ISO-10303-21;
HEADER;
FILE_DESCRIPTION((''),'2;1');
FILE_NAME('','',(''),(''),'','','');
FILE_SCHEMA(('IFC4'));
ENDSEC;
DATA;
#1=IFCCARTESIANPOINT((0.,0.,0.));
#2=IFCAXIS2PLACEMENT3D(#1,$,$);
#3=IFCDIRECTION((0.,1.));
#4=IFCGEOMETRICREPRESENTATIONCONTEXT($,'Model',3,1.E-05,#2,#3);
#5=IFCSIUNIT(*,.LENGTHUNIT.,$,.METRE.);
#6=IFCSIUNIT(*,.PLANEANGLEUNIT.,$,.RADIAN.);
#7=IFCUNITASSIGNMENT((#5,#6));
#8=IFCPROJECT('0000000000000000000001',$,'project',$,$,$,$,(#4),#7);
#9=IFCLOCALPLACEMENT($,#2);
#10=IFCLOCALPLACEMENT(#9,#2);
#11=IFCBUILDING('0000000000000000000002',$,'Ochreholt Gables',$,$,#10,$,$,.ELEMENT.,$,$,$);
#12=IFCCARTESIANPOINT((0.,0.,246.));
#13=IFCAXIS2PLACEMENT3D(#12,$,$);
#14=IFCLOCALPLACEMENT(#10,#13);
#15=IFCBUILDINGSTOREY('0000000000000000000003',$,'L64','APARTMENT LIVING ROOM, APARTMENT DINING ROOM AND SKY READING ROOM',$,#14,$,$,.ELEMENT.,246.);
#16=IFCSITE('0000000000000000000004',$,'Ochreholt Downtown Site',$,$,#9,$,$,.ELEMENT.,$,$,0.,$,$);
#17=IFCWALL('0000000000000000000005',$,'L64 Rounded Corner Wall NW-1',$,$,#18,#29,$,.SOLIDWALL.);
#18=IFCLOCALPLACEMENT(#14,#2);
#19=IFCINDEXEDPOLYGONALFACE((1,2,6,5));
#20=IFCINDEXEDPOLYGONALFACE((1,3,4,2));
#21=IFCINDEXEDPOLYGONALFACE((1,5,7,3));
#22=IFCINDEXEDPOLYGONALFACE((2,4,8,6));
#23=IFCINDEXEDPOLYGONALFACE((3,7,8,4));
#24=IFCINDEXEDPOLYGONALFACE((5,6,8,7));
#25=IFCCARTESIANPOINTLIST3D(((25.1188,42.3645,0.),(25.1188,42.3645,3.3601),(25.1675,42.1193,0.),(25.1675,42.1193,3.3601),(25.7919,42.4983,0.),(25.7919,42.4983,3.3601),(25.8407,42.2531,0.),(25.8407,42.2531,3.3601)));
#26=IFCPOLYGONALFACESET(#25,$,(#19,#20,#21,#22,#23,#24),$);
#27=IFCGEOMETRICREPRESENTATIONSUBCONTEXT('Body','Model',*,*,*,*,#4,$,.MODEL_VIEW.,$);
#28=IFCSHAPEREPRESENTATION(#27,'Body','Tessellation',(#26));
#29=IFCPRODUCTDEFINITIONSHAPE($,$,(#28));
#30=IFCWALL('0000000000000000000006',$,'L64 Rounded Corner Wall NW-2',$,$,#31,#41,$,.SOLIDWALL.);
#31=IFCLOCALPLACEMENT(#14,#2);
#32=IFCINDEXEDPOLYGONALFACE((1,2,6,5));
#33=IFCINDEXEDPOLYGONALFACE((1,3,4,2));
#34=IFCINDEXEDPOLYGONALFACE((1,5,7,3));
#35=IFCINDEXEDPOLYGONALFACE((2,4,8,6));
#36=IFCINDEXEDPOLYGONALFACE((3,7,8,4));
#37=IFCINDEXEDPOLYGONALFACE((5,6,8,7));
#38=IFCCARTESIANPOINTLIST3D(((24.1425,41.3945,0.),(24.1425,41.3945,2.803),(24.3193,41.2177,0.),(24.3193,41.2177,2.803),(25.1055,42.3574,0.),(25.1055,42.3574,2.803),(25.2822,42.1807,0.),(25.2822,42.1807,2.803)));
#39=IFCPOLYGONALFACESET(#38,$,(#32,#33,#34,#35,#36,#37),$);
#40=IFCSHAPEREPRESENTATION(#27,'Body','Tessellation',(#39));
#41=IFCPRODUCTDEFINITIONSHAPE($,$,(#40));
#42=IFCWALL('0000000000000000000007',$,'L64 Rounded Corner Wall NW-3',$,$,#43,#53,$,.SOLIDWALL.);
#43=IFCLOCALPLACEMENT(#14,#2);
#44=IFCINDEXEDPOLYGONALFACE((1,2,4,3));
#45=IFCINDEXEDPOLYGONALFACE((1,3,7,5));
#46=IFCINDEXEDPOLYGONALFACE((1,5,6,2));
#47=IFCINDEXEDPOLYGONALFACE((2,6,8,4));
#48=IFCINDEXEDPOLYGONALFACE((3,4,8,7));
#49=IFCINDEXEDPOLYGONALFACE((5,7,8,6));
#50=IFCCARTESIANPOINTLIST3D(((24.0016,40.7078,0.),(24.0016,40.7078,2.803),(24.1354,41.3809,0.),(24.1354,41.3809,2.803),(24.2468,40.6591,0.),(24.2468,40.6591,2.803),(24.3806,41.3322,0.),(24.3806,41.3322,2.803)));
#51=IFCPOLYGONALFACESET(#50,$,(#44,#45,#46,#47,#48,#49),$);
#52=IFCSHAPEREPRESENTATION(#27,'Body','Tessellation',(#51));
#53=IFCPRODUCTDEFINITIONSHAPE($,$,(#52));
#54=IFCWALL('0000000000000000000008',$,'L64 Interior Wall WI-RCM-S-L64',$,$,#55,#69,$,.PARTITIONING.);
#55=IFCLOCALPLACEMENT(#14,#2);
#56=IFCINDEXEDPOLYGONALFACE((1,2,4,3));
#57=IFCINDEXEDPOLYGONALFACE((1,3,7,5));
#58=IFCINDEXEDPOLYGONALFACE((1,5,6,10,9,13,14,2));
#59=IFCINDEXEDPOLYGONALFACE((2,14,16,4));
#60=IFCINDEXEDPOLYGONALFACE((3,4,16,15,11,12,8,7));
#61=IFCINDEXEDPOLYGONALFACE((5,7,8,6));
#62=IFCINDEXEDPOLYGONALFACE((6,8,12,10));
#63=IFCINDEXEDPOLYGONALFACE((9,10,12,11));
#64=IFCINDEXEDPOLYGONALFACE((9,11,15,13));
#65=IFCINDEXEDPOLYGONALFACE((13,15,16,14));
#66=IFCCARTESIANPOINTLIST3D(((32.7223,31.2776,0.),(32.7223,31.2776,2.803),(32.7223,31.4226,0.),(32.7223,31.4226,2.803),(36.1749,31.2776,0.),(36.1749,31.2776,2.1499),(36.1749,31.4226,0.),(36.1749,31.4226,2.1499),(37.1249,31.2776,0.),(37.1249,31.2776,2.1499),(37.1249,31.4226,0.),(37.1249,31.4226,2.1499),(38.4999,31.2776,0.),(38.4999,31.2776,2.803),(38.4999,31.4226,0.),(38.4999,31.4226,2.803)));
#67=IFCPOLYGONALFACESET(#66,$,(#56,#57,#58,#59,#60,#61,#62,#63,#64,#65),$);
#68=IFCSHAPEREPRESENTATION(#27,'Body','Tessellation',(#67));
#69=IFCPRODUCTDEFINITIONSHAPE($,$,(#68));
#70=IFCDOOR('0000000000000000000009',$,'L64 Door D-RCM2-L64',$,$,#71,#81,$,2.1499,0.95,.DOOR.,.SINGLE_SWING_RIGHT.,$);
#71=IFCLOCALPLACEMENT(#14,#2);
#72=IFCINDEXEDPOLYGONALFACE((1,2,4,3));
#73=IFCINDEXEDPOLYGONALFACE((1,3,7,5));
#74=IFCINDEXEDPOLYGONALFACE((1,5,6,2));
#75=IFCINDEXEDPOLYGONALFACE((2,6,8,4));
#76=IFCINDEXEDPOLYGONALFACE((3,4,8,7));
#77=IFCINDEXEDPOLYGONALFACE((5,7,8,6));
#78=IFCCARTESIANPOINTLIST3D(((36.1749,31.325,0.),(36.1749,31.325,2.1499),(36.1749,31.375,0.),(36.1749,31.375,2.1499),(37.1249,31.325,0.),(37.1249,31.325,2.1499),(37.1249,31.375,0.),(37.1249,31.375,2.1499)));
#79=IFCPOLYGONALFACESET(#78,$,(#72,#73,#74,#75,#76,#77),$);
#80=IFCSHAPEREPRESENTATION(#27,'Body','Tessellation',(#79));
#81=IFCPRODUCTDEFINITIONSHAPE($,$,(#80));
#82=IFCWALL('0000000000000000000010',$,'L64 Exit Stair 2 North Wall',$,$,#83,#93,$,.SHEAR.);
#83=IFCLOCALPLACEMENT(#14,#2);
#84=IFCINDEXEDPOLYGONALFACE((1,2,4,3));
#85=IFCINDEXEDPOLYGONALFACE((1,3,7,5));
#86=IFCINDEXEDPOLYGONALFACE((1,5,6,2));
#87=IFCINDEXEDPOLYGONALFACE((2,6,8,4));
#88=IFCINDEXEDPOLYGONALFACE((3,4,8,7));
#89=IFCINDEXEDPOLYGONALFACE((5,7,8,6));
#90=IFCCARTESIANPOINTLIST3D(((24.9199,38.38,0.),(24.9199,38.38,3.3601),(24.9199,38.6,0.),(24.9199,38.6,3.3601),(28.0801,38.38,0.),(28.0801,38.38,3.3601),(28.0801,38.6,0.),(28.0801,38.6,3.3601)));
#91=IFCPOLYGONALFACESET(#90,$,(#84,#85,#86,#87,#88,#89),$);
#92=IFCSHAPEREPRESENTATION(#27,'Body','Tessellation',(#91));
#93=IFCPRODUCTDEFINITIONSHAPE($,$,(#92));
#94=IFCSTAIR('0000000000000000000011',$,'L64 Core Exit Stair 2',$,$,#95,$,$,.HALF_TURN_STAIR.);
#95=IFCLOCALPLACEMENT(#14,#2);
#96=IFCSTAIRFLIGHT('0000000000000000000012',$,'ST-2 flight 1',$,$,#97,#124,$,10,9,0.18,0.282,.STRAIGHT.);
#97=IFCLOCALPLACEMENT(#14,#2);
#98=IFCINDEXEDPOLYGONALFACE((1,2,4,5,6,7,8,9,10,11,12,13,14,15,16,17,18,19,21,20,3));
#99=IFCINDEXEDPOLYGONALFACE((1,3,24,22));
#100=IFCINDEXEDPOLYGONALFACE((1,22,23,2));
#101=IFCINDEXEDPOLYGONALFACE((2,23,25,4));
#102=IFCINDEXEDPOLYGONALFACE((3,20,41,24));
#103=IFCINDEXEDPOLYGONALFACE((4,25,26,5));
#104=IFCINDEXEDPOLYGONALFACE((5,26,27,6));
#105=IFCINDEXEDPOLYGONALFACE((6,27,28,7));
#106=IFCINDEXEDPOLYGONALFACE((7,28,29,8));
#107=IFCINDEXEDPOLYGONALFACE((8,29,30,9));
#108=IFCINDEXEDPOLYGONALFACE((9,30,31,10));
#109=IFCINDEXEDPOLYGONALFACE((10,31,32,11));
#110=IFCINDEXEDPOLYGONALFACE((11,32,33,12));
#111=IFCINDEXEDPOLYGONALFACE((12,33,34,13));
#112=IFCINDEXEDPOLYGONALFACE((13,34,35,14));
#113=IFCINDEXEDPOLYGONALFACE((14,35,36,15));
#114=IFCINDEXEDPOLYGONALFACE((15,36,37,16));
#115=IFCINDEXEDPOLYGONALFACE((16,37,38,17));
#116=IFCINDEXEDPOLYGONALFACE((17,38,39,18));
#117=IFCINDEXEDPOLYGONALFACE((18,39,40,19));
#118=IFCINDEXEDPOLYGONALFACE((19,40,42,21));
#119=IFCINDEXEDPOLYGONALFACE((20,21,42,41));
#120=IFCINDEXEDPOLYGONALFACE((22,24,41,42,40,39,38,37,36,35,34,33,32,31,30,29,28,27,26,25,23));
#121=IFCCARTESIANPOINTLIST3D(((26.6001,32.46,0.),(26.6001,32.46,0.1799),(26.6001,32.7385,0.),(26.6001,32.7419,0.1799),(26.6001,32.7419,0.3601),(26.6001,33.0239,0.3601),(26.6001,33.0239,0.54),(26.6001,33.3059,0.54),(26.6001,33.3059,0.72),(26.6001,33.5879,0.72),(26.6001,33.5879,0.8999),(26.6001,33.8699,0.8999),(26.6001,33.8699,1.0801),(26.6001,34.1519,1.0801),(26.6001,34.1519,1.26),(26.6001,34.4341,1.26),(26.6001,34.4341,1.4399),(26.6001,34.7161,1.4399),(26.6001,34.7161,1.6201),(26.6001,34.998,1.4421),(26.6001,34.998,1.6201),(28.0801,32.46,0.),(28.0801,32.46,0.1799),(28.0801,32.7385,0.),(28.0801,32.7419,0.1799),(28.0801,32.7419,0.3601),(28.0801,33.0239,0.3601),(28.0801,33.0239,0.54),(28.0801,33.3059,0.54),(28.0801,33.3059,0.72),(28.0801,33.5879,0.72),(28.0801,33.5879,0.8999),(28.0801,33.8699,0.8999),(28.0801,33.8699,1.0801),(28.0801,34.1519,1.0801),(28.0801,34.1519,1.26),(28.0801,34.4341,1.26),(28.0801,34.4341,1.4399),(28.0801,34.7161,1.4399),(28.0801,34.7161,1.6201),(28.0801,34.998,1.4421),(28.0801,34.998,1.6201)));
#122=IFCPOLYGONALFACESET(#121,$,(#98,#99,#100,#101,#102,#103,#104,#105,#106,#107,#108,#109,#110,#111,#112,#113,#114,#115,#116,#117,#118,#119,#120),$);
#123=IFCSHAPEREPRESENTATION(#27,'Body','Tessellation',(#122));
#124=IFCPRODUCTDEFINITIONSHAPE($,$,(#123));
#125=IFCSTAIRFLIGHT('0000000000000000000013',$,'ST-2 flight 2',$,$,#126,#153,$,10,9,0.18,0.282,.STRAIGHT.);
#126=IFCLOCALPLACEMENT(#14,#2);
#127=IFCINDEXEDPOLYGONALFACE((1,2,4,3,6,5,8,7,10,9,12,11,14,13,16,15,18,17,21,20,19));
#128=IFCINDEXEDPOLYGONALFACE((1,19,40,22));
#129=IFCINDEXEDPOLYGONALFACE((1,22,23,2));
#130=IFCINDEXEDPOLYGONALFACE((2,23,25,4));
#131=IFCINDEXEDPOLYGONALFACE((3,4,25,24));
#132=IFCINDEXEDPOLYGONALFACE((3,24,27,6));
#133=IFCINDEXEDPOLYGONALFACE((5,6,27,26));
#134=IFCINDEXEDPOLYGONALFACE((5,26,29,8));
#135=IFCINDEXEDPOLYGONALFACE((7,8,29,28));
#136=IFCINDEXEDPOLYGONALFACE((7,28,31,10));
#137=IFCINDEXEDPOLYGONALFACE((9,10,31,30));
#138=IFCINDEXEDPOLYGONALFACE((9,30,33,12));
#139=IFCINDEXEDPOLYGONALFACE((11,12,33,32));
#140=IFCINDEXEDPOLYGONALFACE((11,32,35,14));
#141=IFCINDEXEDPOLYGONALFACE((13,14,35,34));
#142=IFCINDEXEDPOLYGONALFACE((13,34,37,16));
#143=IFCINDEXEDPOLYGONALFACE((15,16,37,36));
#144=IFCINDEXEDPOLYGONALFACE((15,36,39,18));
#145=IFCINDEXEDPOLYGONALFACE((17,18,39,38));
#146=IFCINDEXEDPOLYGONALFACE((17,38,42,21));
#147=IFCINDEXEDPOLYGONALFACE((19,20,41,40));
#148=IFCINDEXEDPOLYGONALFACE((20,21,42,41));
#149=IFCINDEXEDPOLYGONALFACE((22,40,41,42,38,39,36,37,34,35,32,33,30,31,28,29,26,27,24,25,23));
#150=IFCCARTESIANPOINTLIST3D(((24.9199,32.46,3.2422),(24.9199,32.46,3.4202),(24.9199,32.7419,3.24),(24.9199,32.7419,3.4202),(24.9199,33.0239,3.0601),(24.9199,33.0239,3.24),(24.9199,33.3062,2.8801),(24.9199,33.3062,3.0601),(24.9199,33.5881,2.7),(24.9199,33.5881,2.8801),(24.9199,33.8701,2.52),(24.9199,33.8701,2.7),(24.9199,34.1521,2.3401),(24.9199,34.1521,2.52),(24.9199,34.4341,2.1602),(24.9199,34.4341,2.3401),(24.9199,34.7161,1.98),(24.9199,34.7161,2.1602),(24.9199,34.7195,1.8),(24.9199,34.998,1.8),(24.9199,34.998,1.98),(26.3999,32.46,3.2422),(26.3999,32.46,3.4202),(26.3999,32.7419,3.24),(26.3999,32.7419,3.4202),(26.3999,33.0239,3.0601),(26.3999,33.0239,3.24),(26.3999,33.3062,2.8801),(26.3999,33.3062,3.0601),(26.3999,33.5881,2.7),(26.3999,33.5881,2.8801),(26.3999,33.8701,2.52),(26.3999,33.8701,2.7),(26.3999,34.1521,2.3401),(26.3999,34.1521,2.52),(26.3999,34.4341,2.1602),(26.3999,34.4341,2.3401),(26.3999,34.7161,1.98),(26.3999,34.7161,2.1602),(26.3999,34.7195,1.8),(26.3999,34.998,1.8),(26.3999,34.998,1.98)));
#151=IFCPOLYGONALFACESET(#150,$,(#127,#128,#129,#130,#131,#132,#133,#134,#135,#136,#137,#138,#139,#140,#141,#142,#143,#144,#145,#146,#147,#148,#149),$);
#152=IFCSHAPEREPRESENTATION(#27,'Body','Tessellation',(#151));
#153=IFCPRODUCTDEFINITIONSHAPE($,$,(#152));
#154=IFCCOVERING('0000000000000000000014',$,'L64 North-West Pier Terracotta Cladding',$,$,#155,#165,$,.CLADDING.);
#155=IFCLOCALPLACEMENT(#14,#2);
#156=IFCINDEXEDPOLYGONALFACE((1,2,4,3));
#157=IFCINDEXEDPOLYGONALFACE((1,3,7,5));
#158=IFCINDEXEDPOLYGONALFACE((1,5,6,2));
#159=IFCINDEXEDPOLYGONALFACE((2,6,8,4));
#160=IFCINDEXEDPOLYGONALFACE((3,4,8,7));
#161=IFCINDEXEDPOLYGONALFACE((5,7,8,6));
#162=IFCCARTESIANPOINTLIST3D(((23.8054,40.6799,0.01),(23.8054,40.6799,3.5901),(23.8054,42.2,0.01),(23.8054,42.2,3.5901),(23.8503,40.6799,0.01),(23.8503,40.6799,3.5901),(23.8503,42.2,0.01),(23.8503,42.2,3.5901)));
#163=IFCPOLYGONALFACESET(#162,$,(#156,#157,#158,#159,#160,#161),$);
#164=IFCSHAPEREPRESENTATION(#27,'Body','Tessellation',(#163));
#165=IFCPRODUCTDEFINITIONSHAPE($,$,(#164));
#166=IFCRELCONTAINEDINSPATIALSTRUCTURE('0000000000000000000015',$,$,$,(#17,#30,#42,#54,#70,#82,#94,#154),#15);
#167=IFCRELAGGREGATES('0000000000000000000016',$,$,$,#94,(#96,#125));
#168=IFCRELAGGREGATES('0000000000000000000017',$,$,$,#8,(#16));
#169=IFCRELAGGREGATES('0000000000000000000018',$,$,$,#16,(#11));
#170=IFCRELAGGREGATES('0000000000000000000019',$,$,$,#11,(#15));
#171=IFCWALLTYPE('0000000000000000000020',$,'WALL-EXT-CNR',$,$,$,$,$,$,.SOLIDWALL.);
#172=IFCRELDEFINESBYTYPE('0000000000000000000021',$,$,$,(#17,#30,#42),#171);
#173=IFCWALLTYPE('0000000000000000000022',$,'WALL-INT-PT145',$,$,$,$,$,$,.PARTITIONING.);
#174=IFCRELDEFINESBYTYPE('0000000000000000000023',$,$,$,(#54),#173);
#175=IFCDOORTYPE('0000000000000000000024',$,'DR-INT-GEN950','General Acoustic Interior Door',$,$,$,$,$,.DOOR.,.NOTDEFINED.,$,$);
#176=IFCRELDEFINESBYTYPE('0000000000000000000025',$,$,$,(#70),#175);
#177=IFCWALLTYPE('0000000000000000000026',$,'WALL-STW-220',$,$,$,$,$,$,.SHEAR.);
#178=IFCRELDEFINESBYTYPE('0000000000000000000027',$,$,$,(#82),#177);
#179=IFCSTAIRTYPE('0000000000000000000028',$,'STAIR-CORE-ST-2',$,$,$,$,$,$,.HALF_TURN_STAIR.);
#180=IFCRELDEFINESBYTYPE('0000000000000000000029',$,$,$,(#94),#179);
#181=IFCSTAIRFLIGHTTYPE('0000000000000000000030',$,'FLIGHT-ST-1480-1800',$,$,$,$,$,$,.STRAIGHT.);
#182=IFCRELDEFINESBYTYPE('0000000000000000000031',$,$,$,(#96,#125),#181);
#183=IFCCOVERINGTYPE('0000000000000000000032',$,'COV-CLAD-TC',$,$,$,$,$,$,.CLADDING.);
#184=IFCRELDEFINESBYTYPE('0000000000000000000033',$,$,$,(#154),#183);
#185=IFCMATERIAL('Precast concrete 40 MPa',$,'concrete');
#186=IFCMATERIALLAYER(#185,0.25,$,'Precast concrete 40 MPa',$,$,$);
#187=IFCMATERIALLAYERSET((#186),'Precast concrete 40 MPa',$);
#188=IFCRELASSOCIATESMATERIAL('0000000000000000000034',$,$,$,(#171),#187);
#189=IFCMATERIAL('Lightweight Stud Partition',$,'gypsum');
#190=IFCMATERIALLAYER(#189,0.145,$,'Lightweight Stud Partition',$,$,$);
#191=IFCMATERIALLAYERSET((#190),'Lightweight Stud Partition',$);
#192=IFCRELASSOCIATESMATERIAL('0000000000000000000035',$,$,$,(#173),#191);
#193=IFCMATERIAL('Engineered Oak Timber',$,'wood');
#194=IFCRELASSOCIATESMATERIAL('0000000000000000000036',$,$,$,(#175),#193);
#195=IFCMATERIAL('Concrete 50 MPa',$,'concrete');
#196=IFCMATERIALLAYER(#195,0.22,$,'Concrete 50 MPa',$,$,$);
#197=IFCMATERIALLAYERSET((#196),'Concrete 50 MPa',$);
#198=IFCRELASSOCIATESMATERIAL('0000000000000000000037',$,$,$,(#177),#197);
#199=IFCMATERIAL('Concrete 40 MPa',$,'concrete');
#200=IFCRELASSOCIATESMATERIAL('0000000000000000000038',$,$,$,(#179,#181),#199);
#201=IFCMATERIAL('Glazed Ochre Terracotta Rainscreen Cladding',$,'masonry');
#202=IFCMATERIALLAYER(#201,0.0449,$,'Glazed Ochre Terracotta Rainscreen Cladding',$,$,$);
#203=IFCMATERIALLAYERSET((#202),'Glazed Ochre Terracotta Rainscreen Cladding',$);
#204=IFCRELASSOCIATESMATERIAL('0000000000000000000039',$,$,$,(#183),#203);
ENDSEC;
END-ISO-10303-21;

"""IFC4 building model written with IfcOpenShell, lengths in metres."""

from ifc_helpers import new_model, si_unit, direction, frame, frame_2d, origin, origin_2d, place, context, subcontext, project, spatial, polyline, rectangle, outline, extrude, material, layer, layer_set, type_object, element, fill, aggregate, save


model = new_model("IFC4")

# Units and contexts
model_context = context("Model", 3, precision=1e-05, world=origin(), true_north=direction((0.0, 1.0)))
body_context = subcontext(model_context, "Body", "Model", "MODEL_VIEW")
ifc_project = project(units=[si_unit("LENGTHUNIT", "METRE"), si_unit("PLANEANGLEUNIT", "RADIAN")], contexts=[model_context])

# Site, building, storey
site_placement = place(None, origin())
site = spatial("IfcSite", under=ifc_project, at=site_placement, Name="Ochreholt Downtown Site", CompositionType="ELEMENT", RefElevation=0.0)
building_placement = place(site_placement, origin())
building = spatial("IfcBuilding", under=site, at=building_placement, Name="Ochreholt Gables", CompositionType="ELEMENT")
storey_placement = place(building_placement, frame((0.0, 0.0, 246.0)))
storey = spatial("IfcBuildingStorey", under=building, at=storey_placement, Name="L64", Description="APARTMENT LIVING ROOM, APARTMENT DINING ROOM AND SKY READING ROOM", CompositionType="ELEMENT", Elevation=246.0)

# Shared definitions
ifc_material_1 = material(Name="Concrete 50 MPa", Category="concrete")

# Shared definitions
ifc_material_2 = material(Name="Precast concrete 40 MPa", Category="concrete")

# Walls
ifc_layer_1 = layer(ifc_material_2, 0.25, Name="Precast concrete 40 MPa")
ifc_layer_set_1 = layer_set([ifc_layer_1], Name="Precast concrete 40 MPa")
wall_type_1 = type_object("IfcWallType", Name="WALL-EXT-CNR", PredefinedType="SOLIDWALL", material=ifc_layer_set_1)
wall_1_placement = place(storey_placement, frame((25.8164, 42.3757, 0.0), z_axis=(0.0, 0.0, 1.0), x_axis=(-0.980813, -0.194953, 0.0)))
element("IfcWall", 1, at=wall_1_placement, inside=storey, type_object=wall_type_1, Name="L64 Rounded Corner Wall NW-1", PredefinedType="SOLIDWALL", context=body_context, shape_type="SweptSolid", body=[
    extrude(rectangle(XDim=0.6863, YDim=0.25, at=frame_2d((0.3433, 0.0))), origin(), (0.0, 0.0, 1.0), 3.3601),
])
wall_2_placement = place(storey_placement, frame((25.1938, 42.269, 0.0), z_axis=(0.0, 0.0, 1.0), x_axis=(-0.707107, -0.707107, 0.0)))
element("IfcWall", 2, at=wall_2_placement, inside=storey, type_object=wall_type_1, Name="L64 Rounded Corner Wall NW-2", PredefinedType="SOLIDWALL", context=body_context, shape_type="SweptSolid", body=[
    extrude(rectangle(XDim=1.3618, YDim=0.25, at=frame_2d((0.6809, 0.0))), origin(), (0.0, 0.0, 1.0), 2.803),
])
wall_3_placement = place(storey_placement, frame((24.2581, 41.3567, 0.0), z_axis=(0.0, 0.0, 1.0), x_axis=(-0.194953, -0.980813, 0.0)))
element("IfcWall", 3, at=wall_3_placement, inside=storey, type_object=wall_type_1, Name="L64 Rounded Corner Wall NW-3", PredefinedType="SOLIDWALL", context=body_context, shape_type="SweptSolid", body=[
    extrude(rectangle(XDim=0.6863, YDim=0.25, at=frame_2d((0.3433, 0.0))), origin(), (0.0, 0.0, 1.0), 2.803),
])

# Wall, opening, door
ifc_material_3 = material(Name="Lightweight Stud Partition", Category="gypsum")
ifc_layer_2 = layer(ifc_material_3, 0.145, Name="Lightweight Stud Partition")
ifc_layer_set_2 = layer_set([ifc_layer_2], Name="Lightweight Stud Partition")
wall_type_2 = type_object("IfcWallType", Name="WALL-INT-PT145", PredefinedType="PARTITIONING", material=ifc_layer_set_2)
wall_4_placement = place(storey_placement, frame((32.7224, 31.3501, 0.0), z_axis=(0.0, 0.0, 1.0), x_axis=(1.0, 0.0, 0.0)))
wall_4 = element("IfcWall", 4, at=wall_4_placement, inside=storey, type_object=wall_type_2, Name="L64 Interior Wall WI-RCM-S-L64", PredefinedType="PARTITIONING", context=body_context, shape_type="SweptSolid", body=[
    extrude(rectangle(XDim=5.7776, YDim=0.145, at=frame_2d((2.8887, 0.0))), origin(), (0.0, 0.0, 1.0), 2.803),
])
opening_1_placement = place(wall_4_placement, frame((3.4524, 0.0, 0.0)))
opening_1 = element("IfcOpeningElement", 5, at=opening_1_placement, cuts=wall_4, PredefinedType="OPENING", context=body_context, shape_type="SweptSolid", body=[
    extrude(rectangle(XDim=0.95, YDim=2.1499, at=frame_2d((0.4751, 1.075))), frame((0.0, 0.0825, 0.0), z_axis=(0.0, -1.0, 0.0), x_axis=(1.0, 0.0, 0.0)), (0.0, 0.0, 1.0), 0.165),
])
ifc_material_4 = material(Name="Engineered Oak Timber", Category="wood")
door_type_1 = type_object("IfcDoorType", Name="DR-INT-GEN950", Description="General Acoustic Interior Door", OperationType="NOTDEFINED", PredefinedType="DOOR", material=ifc_material_4)
door_1_placement = place(opening_1_placement, origin())
door_1 = element("IfcDoor", 6, at=door_1_placement, inside=storey, type_object=door_type_1, Name="L64 Door D-RCM2-L64", OperationType="SINGLE_SWING_RIGHT", OverallHeight=2.1499, OverallWidth=0.95, PredefinedType="DOOR", context=body_context, shape_type="SweptSolid", body=[
    extrude(rectangle(XDim=0.95, YDim=2.1499, at=frame_2d((0.4751, 1.075))), frame((0.0, 0.0249, 0.0), z_axis=(0.0, -1.0, 0.0), x_axis=(1.0, 0.0, 0.0)), (0.0, 0.0, 1.0), 0.05),
])
fill(opening_1, door_1)

# Wall
ifc_layer_3 = layer(ifc_material_1, 0.22, Name="Concrete 50 MPa")
ifc_layer_set_3 = layer_set([ifc_layer_3], Name="Concrete 50 MPa")
wall_type_3 = type_object("IfcWallType", Name="WALL-STW-220", PredefinedType="SHEAR", material=ifc_layer_set_3)
wall_5_placement = place(storey_placement, frame((24.9199, 38.49, 0.0), z_axis=(0.0, 0.0, 1.0), x_axis=(1.0, 0.0, 0.0)))
element("IfcWall", 7, at=wall_5_placement, inside=storey, type_object=wall_type_3, Name="L64 Exit Stair 2 North Wall", PredefinedType="SHEAR", context=body_context, shape_type="SweptSolid", body=[
    extrude(rectangle(XDim=3.1602, YDim=0.22, at=frame_2d((1.5801, 0.0))), origin(), (0.0, 0.0, 1.0), 3.3601),
])

# Stair, stair flights
ifc_material_5 = material(Name="Concrete 40 MPa", Category="concrete")
stair_type = type_object("IfcStairType", Name="STAIR-CORE-ST-2", PredefinedType="HALF_TURN_STAIR", material=ifc_material_5)
stair_placement = place(storey_placement, origin())
stair = element("IfcStair", 8, at=stair_placement, inside=storey, type_object=stair_type, Name="L64 Core Exit Stair 2", PredefinedType="HALF_TURN_STAIR")
stair_flight_type = type_object("IfcStairFlightType", Name="FLIGHT-ST-1480-1800", PredefinedType="STRAIGHT", material=ifc_material_5)
stair_flight_1_placement = place(storey_placement, frame((27.3401, 32.46, 0.0), z_axis=(0.0, 0.0, 1.0), x_axis=(0.0, 1.0, 0.0)))
stair_flight_1 = element("IfcStairFlight", 9, at=stair_flight_1_placement, type_object=stair_flight_type, Name="ST-2 flight 1", NumberOfRisers=10, NumberOfTreads=9, PredefinedType="STRAIGHT", RiserHeight=0.18, TreadLength=0.282, context=body_context, shape_type="SweptSolid", body=[
    extrude(outline(polyline([(0.0, 0.0), (0.0, 0.1799), (0.282, 0.1799), (0.282, 0.3601), (0.564, 0.3601), (0.564, 0.54), (0.8459, 0.54), (0.8459, 0.72), (1.1279, 0.72), (1.1279, 0.8999), (1.4099, 0.8999), (1.4099, 1.0801), (1.6919, 1.0801), (1.6919, 1.26), (1.9741, 1.26), (1.9741, 1.4399), (2.2561, 1.4399), (2.2561, 1.6201), (2.5381, 1.6201), (2.5381, 1.8), (2.5381, 1.4421), (0.2786, 0.0), (0.0, 0.0)])), frame((0.0, 0.74, 0.0), z_axis=(0.0, -1.0, 0.0), x_axis=(1.0, 0.0, 0.0)), (0.0, 0.0, 1.0), 1.48),
])
stair_flight_2_placement = place(storey_placement, frame((25.6599, 34.998, 1.8), z_axis=(0.0, 0.0, 1.0), x_axis=(0.0, -1.0, 0.0)))
stair_flight_2 = element("IfcStairFlight", 10, at=stair_flight_2_placement, type_object=stair_flight_type, Name="ST-2 flight 2", NumberOfRisers=10, NumberOfTreads=9, PredefinedType="STRAIGHT", RiserHeight=0.18, TreadLength=0.282, context=body_context, shape_type="SweptSolid", body=[
    extrude(outline(polyline([(0.0, 0.0), (0.0, 0.1799), (0.282, 0.1799), (0.282, 0.3601), (0.564, 0.3601), (0.564, 0.54), (0.8459, 0.54), (0.8459, 0.72), (1.1279, 0.72), (1.1279, 0.8999), (1.4099, 0.8999), (1.4099, 1.0801), (1.6919, 1.0801), (1.6919, 1.26), (1.9741, 1.26), (1.9741, 1.4399), (2.2561, 1.4399), (2.2561, 1.6201), (2.5381, 1.6201), (2.5381, 1.8), (2.5381, 1.4421), (0.2786, 0.0), (0.0, 0.0)])), frame((0.0, 0.74, 0.0), z_axis=(0.0, -1.0, 0.0), x_axis=(1.0, 0.0, 0.0)), (0.0, 0.0, 1.0), 1.48),
])
aggregate(stair, [stair_flight_1, stair_flight_2])

# Covering
ifc_material_6 = material(Name="Glazed Ochre Terracotta Rainscreen Cladding", Category="masonry")
ifc_layer_4 = layer(ifc_material_6, 0.0449, Name="Glazed Ochre Terracotta Rainscreen Cladding")
ifc_layer_set_4 = layer_set([ifc_layer_4], Name="Glazed Ochre Terracotta Rainscreen Cladding")
covering_type = type_object("IfcCoveringType", Name="COV-CLAD-TC", PredefinedType="CLADDING", material=ifc_layer_set_4)
covering_placement = place(storey_placement, frame((23.8279, 41.4399, 0.01), z_axis=(0.0, 0.0, 1.0), x_axis=(0.0, 1.0, 0.0)))
element("IfcCovering", 11, at=covering_placement, inside=storey, type_object=covering_type, Name="L64 North-West Pier Terracotta Cladding", PredefinedType="CLADDING", context=body_context, shape_type="SweptSolid", body=[
    extrude(rectangle(XDim=1.52, YDim=0.0449, at=origin_2d()), origin(), (0.0, 0.0, 1.0), 3.5801),
])

save(model, "model.ifc")
